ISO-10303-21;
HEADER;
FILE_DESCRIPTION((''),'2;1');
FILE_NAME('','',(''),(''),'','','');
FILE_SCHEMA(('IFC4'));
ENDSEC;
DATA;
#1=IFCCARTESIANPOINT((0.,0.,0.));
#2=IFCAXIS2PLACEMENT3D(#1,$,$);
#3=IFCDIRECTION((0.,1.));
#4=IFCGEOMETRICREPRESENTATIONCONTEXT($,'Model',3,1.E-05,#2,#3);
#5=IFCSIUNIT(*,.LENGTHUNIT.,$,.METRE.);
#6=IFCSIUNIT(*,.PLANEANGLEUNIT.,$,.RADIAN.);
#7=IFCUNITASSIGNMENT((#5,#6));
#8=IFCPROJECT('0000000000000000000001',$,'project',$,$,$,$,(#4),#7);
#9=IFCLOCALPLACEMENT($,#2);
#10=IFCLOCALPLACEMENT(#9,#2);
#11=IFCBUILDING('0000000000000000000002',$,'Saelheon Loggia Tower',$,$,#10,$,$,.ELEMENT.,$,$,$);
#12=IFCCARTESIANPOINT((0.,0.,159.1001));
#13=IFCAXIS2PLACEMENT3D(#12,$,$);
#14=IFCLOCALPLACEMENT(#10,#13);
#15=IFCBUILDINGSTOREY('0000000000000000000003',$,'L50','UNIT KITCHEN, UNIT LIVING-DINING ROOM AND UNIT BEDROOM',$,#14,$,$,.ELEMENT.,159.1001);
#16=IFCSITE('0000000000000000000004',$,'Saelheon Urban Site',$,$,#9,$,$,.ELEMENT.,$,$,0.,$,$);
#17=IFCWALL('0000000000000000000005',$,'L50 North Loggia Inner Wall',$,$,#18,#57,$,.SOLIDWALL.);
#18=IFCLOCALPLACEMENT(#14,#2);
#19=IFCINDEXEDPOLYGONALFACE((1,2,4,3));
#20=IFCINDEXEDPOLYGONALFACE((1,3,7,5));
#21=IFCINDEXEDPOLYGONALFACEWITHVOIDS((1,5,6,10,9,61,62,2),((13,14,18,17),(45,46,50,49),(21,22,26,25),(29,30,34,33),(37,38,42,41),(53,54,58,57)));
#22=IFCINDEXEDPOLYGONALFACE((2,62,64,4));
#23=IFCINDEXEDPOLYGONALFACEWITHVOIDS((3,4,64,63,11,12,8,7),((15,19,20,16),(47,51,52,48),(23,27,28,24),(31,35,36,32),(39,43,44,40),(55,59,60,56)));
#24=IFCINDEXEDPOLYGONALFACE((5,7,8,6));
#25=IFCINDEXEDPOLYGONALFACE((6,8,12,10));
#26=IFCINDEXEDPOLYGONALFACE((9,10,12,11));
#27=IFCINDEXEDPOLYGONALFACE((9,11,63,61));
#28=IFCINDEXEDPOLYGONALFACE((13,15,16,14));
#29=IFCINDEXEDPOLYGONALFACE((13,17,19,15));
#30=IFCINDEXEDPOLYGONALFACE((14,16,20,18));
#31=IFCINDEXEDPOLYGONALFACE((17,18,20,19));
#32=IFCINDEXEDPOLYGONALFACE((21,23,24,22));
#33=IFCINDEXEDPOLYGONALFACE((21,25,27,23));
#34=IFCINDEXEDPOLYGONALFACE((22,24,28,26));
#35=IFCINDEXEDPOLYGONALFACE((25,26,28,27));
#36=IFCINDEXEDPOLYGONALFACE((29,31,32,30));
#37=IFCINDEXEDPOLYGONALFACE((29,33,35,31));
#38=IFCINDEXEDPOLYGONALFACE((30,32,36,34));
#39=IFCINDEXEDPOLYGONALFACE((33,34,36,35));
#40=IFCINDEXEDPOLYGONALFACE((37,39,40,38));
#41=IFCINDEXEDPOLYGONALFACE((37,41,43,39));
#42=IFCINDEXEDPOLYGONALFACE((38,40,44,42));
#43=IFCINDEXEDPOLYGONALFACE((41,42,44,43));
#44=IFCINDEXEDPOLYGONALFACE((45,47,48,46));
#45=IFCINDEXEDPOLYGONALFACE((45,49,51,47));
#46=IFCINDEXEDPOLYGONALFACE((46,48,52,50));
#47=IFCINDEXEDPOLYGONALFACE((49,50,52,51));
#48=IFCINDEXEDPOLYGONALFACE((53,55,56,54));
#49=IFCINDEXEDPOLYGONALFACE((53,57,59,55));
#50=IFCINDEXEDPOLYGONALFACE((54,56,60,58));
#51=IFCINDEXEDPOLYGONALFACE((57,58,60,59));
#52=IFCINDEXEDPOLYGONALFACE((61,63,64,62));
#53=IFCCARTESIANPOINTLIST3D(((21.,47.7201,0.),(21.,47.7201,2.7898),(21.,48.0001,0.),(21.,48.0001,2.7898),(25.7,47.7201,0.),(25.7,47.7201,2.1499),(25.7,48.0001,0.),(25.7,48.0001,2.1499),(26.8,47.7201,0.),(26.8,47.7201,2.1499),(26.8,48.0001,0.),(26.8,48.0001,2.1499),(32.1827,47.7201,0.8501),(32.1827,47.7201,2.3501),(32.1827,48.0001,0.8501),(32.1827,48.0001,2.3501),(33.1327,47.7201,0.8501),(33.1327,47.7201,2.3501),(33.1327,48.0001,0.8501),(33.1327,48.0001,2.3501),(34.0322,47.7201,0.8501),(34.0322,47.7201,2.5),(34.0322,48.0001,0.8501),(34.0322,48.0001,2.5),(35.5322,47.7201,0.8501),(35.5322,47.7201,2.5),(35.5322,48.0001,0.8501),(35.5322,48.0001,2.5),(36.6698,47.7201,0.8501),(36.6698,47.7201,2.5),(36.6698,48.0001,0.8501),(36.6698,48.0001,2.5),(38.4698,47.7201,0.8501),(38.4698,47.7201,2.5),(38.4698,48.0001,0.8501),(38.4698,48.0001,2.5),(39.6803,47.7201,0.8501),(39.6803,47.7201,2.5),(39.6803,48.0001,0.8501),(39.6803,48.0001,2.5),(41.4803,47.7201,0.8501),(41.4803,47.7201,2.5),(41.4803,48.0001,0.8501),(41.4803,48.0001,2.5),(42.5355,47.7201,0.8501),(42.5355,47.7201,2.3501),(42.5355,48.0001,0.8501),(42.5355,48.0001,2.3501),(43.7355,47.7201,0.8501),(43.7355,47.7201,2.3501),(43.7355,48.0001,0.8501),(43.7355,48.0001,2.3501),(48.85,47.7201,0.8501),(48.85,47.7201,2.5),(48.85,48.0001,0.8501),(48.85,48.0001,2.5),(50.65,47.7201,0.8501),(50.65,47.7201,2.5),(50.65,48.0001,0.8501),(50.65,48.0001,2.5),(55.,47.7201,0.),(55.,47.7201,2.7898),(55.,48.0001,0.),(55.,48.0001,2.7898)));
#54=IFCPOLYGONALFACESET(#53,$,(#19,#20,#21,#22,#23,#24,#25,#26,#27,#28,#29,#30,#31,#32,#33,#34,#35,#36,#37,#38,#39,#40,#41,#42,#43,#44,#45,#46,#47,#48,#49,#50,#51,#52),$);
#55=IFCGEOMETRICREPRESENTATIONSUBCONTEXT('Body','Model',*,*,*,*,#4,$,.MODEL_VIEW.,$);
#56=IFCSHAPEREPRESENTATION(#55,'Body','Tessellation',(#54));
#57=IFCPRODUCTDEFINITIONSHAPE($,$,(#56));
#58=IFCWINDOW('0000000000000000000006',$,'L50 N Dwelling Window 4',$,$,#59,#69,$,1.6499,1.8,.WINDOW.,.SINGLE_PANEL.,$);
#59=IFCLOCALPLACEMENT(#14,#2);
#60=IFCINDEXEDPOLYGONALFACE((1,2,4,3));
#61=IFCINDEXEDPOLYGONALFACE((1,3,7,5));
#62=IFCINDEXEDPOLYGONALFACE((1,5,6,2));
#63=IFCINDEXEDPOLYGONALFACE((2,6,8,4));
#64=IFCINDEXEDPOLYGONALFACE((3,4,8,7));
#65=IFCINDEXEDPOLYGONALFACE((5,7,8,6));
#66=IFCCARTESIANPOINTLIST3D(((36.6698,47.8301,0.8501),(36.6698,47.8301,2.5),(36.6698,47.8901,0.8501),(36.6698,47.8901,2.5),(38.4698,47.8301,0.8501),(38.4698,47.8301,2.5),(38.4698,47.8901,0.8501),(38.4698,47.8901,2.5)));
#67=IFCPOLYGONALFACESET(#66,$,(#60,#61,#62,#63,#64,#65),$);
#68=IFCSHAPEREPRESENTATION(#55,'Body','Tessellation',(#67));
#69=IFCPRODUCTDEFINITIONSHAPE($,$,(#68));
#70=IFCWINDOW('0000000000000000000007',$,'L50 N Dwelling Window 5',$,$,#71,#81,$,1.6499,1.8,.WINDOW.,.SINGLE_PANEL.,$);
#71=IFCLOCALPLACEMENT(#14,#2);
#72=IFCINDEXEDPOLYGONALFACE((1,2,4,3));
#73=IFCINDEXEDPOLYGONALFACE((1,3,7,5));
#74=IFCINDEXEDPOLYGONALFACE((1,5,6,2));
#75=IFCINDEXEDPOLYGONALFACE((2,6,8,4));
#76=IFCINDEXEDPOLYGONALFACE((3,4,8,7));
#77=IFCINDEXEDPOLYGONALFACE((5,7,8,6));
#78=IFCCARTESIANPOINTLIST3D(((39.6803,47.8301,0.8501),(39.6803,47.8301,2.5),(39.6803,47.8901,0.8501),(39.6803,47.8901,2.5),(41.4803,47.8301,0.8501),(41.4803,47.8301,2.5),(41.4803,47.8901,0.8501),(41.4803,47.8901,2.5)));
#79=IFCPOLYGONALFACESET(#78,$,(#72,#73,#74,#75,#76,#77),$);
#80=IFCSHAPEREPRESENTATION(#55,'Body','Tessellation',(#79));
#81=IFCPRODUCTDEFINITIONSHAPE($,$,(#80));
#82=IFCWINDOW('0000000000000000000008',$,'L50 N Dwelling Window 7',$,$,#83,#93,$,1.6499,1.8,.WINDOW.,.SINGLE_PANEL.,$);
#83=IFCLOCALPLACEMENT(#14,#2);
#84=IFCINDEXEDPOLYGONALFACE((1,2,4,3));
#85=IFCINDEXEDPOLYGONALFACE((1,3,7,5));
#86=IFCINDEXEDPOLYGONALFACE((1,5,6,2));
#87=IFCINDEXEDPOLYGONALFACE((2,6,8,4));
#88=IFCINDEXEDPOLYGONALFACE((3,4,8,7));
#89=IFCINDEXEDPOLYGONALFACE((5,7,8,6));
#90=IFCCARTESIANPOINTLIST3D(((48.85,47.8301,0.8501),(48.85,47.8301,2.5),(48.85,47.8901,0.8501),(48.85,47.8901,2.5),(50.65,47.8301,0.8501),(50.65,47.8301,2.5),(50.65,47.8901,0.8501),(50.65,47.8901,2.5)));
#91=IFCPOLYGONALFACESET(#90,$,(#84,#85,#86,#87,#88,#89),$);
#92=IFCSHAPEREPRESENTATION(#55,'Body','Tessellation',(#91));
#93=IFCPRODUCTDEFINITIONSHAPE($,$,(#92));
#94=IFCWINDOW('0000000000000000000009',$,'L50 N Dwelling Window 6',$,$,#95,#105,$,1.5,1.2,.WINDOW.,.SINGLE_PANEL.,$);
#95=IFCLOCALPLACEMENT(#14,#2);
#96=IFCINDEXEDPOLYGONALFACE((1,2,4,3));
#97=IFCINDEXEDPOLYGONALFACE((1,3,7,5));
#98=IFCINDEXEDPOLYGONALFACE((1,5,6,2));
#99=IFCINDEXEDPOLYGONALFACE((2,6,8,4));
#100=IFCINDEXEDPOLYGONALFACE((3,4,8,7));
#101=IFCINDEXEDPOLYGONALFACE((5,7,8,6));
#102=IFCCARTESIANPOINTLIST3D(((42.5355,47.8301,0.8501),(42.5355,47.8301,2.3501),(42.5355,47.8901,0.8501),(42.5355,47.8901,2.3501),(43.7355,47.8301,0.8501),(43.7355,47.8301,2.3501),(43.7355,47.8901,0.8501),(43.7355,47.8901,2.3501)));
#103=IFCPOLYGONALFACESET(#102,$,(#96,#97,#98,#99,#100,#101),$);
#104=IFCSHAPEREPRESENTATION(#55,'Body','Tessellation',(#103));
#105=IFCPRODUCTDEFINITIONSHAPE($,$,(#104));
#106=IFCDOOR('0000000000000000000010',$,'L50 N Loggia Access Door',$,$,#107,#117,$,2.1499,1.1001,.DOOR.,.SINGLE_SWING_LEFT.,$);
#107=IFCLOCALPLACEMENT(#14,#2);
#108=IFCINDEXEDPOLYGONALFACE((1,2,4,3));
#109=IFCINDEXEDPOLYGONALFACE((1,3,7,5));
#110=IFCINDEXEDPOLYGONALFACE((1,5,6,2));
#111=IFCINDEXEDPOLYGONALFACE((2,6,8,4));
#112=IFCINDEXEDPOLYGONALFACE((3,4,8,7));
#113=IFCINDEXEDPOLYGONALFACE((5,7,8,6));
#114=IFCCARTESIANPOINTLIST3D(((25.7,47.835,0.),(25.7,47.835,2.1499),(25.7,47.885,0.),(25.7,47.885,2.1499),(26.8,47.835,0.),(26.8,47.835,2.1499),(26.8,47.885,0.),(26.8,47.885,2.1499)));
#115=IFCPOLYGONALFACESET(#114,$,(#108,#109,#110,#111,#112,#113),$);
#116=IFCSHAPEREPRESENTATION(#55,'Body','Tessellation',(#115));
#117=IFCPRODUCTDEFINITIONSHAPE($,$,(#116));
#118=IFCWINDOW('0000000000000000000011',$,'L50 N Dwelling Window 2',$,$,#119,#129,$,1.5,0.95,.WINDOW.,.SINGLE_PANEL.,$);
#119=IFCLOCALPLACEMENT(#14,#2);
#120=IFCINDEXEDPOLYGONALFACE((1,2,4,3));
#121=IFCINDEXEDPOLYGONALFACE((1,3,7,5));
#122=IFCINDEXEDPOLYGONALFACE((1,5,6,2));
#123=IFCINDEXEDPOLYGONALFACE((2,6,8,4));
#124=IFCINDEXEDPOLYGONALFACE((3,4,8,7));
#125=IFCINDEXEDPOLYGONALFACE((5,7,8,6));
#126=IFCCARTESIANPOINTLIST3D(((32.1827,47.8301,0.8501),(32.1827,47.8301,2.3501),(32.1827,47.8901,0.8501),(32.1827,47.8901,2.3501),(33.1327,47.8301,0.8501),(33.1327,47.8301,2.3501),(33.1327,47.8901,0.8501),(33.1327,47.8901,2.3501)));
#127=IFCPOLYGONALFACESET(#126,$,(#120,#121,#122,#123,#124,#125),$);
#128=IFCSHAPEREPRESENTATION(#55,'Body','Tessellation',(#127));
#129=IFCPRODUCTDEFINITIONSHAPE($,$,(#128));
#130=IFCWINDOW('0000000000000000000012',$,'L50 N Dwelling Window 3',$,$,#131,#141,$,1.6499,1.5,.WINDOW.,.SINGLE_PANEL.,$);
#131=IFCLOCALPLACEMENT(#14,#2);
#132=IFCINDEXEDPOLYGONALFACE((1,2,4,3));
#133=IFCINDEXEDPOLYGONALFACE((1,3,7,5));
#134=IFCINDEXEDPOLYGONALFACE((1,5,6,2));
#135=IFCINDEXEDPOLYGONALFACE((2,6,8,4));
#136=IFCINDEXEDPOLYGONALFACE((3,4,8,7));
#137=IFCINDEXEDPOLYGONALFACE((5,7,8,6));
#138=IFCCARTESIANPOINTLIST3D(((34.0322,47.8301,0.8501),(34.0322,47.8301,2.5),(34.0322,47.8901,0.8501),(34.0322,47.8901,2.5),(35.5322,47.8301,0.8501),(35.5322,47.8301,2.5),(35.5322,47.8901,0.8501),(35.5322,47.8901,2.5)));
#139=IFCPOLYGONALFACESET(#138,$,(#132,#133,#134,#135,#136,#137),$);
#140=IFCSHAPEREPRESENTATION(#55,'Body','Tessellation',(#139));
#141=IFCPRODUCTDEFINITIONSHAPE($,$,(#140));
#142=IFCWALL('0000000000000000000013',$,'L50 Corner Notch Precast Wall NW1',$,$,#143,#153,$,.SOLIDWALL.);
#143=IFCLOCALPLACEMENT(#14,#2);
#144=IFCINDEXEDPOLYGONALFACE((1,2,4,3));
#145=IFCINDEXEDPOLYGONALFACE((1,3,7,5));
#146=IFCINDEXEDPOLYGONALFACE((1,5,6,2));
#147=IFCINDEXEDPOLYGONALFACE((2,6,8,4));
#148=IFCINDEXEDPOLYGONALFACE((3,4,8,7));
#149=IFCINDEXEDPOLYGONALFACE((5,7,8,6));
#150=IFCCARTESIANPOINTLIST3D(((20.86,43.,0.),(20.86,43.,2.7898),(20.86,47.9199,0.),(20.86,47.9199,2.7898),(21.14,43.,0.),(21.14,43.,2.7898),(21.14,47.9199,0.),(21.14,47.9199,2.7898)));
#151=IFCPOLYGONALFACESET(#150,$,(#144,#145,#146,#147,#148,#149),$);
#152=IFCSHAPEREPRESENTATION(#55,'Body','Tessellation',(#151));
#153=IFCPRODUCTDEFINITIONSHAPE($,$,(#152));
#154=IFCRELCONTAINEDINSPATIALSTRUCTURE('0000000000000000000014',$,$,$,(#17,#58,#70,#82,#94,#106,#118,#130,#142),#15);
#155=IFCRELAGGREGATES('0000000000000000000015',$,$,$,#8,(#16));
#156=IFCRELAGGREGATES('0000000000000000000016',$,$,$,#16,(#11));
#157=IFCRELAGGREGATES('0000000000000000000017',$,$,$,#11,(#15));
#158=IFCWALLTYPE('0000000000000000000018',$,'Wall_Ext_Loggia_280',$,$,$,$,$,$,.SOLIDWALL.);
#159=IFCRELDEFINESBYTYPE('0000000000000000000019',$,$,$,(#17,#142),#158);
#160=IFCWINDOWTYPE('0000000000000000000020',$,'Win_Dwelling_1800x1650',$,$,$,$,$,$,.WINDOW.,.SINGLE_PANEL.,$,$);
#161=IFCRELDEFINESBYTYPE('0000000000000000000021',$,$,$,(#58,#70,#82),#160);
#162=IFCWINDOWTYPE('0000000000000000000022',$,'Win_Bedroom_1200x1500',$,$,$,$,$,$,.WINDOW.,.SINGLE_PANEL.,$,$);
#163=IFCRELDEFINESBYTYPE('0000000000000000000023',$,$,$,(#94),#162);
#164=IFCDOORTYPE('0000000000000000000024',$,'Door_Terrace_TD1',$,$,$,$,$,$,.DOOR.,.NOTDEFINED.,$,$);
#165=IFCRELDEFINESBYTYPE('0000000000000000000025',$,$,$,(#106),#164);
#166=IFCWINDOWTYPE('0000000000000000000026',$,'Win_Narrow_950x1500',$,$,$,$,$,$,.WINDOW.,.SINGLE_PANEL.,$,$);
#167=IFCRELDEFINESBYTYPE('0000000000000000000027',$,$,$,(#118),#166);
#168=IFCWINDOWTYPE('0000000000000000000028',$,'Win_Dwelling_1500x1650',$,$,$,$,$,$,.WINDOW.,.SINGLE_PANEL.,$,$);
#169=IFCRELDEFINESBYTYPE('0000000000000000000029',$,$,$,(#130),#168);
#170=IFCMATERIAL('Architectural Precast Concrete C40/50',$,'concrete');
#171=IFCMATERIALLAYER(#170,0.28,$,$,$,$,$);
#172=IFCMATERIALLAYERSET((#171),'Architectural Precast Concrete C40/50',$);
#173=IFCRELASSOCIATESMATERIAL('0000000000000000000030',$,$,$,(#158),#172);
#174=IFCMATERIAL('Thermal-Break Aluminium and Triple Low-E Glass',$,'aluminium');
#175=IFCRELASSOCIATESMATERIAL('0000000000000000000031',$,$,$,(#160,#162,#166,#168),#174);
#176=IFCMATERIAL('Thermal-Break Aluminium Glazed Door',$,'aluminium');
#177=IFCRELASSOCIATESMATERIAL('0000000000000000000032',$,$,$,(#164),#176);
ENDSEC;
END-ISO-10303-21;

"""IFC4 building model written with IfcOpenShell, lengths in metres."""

from ifc_helpers import new_model, si_unit, direction, frame, frame_2d, origin, place, context, subcontext, project, spatial, rectangle, extrude, source, transform, mapped, material, layer, layer_set, type_object, element, fill, save


model = new_model("IFC4")

# Units and contexts
model_context = context("Model", 3, precision=1e-05, world=origin(), true_north=direction((0.0, 1.0)))
body_context = subcontext(model_context, "Body", "Model", "MODEL_VIEW")
ifc_project = project(units=[si_unit("LENGTHUNIT", "METRE"), si_unit("PLANEANGLEUNIT", "RADIAN")], contexts=[model_context])

# Site, building, storey
site_placement = place(None, origin())
site = spatial("IfcSite", under=ifc_project, at=site_placement, Name="Saelheon Urban Site", CompositionType="ELEMENT", RefElevation=0.0)
building_placement = place(site_placement, origin())
building = spatial("IfcBuilding", under=site, at=building_placement, Name="Saelheon Loggia Tower", CompositionType="ELEMENT")
storey_placement = place(building_placement, frame((0.0, 0.0, 159.1001)))
storey = spatial("IfcBuildingStorey", under=building, at=storey_placement, Name="L50", Description="UNIT KITCHEN, UNIT LIVING-DINING ROOM AND UNIT BEDROOM", CompositionType="ELEMENT", Elevation=159.1001)

# Wall, openings, windows, door
ifc_material_1 = material(Name="Architectural Precast Concrete C40/50", Category="concrete")
ifc_layer_1 = layer(ifc_material_1, 0.28)
ifc_layer_set_1 = layer_set([ifc_layer_1], Name="Architectural Precast Concrete C40/50")
wall_type_1 = type_object("IfcWallType", Name="Wall_Ext_Loggia_280", PredefinedType="SOLIDWALL", material=ifc_layer_set_1)
wall_1_placement = place(storey_placement, frame((21.0, 47.8601, 0.0), z_axis=(0.0, 0.0, 1.0), x_axis=(1.0, 0.0, 0.0)))
wall_1 = element("IfcWall", 1, at=wall_1_placement, inside=storey, type_object=wall_type_1, Name="L50 North Loggia Inner Wall", PredefinedType="SOLIDWALL", context=body_context, shape_type="SweptSolid", body=[
    extrude(rectangle(XDim=34.0, YDim=0.28, at=frame_2d((17.0, 0.0))), origin(), (0.0, 0.0, 1.0), 2.7898),
])
opening_1_placement = place(wall_1_placement, frame((4.7, 0.0, 0.0)))
opening_1 = element("IfcOpeningElement", 2, at=opening_1_placement, cuts=wall_1, PredefinedType="OPENING", context=body_context, shape_type="SweptSolid", body=[
    extrude(rectangle(XDim=1.1001, YDim=2.1499, at=frame_2d((0.55, 1.075))), frame((0.0, 0.1521, 0.0), z_axis=(0.0, -1.0, 0.0), x_axis=(1.0, 0.0, 0.0)), (0.0, 0.0, 1.0), 0.304),
])
opening_2_placement = place(wall_1_placement, frame((11.1826, 0.0, 0.8501)))
opening_2 = element("IfcOpeningElement", 3, at=opening_2_placement, cuts=wall_1, PredefinedType="OPENING", context=body_context, shape_type="SweptSolid", body=[
    extrude(rectangle(XDim=0.95, YDim=1.5, at=frame_2d((0.4751, 0.75))), frame((0.0, 0.1521, 0.0), z_axis=(0.0, -1.0, 0.0), x_axis=(1.0, 0.0, 0.0)), (0.0, 0.0, 1.0), 0.304),
])
opening_3_placement = place(wall_1_placement, frame((13.0322, 0.0, 0.8501)))
opening_3 = element("IfcOpeningElement", 4, at=opening_3_placement, cuts=wall_1, PredefinedType="OPENING", context=body_context, shape_type="SweptSolid", body=[
    extrude(rectangle(XDim=1.5, YDim=1.6499, at=frame_2d((0.75, 0.825))), frame((0.0, 0.1521, 0.0), z_axis=(0.0, -1.0, 0.0), x_axis=(1.0, 0.0, 0.0)), (0.0, 0.0, 1.0), 0.304),
])
opening_4_placement = place(wall_1_placement, frame((15.6699, 0.0, 0.8501)))
opening_4 = element("IfcOpeningElement", 5, at=opening_4_placement, cuts=wall_1, PredefinedType="OPENING", context=body_context, shape_type="SweptSolid", body=[
    extrude(rectangle(XDim=1.8, YDim=1.6499, at=frame_2d((0.8999, 0.825))), frame((0.0, 0.1521, 0.0), z_axis=(0.0, -1.0, 0.0), x_axis=(1.0, 0.0, 0.0)), (0.0, 0.0, 1.0), 0.304),
])
opening_5_placement = place(wall_1_placement, frame((18.6804, 0.0, 0.8501)))
opening_5 = element("IfcOpeningElement", 6, at=opening_5_placement, cuts=wall_1, PredefinedType="OPENING", context=body_context, shape_type="SweptSolid", body=[
    extrude(rectangle(XDim=1.8, YDim=1.6499, at=frame_2d((0.8999, 0.825))), frame((0.0, 0.1521, 0.0), z_axis=(0.0, -1.0, 0.0), x_axis=(1.0, 0.0, 0.0)), (0.0, 0.0, 1.0), 0.304),
])
opening_6_placement = place(wall_1_placement, frame((21.5354, 0.0, 0.8501)))
opening_6 = element("IfcOpeningElement", 7, at=opening_6_placement, cuts=wall_1, PredefinedType="OPENING", context=body_context, shape_type="SweptSolid", body=[
    extrude(rectangle(XDim=1.2, YDim=1.5, at=frame_2d((0.6001, 0.75))), frame((0.0, 0.1521, 0.0), z_axis=(0.0, -1.0, 0.0), x_axis=(1.0, 0.0, 0.0)), (0.0, 0.0, 1.0), 0.304),
])
opening_7_placement = place(wall_1_placement, frame((27.8501, 0.0, 0.8501)))
opening_7 = element("IfcOpeningElement", 8, at=opening_7_placement, cuts=wall_1, PredefinedType="OPENING", context=body_context, shape_type="SweptSolid", body=[
    extrude(rectangle(XDim=1.8, YDim=1.6499, at=frame_2d((0.8999, 0.825))), frame((0.0, 0.1521, 0.0), z_axis=(0.0, -1.0, 0.0), x_axis=(1.0, 0.0, 0.0)), (0.0, 0.0, 1.0), 0.304),
])
ifc_material_2 = material(Name="Thermal-Break Aluminium and Triple Low-E Glass", Category="aluminium")
window_type_1 = type_object("IfcWindowType", Name="Win_Dwelling_1800x1650", PartitioningType="SINGLE_PANEL", PredefinedType="WINDOW", material=ifc_material_2)
shared_shape_1 = source(origin(), body_context, "Body", "SweptSolid", [
    extrude(rectangle(XDim=1.8, YDim=1.6499, at=frame_2d((0.8999, 0.825))), frame((0.0, 0.03, 0.0), z_axis=(0.0, -1.0, 0.0), x_axis=(1.0, 0.0, 0.0)), (0.0, 0.0, 1.0), 0.0601),
])
window_1_placement = place(opening_4_placement, origin())
window_1 = element("IfcWindow", 9, at=window_1_placement, inside=storey, type_object=window_type_1, Name="L50 N Dwelling Window 4", OverallHeight=1.6499, OverallWidth=1.8, PartitioningType="SINGLE_PANEL", PredefinedType="WINDOW", context=body_context, shape_type="MappedRepresentation", body=[
    mapped(shared_shape_1, transform((0.0, 0.0, 0.0), scale=1.0)),
])
fill(opening_4, window_1)
window_2_placement = place(opening_5_placement, origin())
window_2 = element("IfcWindow", 10, at=window_2_placement, inside=storey, type_object=window_type_1, Name="L50 N Dwelling Window 5", OverallHeight=1.6499, OverallWidth=1.8, PartitioningType="SINGLE_PANEL", PredefinedType="WINDOW", context=body_context, shape_type="MappedRepresentation", body=[
    mapped(shared_shape_1, transform((0.0, 0.0, 0.0), scale=1.0)),
])
fill(opening_5, window_2)
window_3_placement = place(opening_7_placement, origin())
window_3 = element("IfcWindow", 11, at=window_3_placement, inside=storey, type_object=window_type_1, Name="L50 N Dwelling Window 7", OverallHeight=1.6499, OverallWidth=1.8, PartitioningType="SINGLE_PANEL", PredefinedType="WINDOW", context=body_context, shape_type="MappedRepresentation", body=[
    mapped(shared_shape_1, transform((0.0, 0.0, 0.0), scale=1.0)),
])
fill(opening_7, window_3)
window_type_2 = type_object("IfcWindowType", Name="Win_Bedroom_1200x1500", PartitioningType="SINGLE_PANEL", PredefinedType="WINDOW", material=ifc_material_2)
shared_shape_2 = source(origin(), body_context, "Body", "SweptSolid", [
    extrude(rectangle(XDim=1.2, YDim=1.5, at=frame_2d((0.6001, 0.75))), frame((0.0, 0.03, 0.0), z_axis=(0.0, -1.0, 0.0), x_axis=(1.0, 0.0, 0.0)), (0.0, 0.0, 1.0), 0.0601),
])
window_4_placement = place(opening_6_placement, origin())
window_4 = element("IfcWindow", 12, at=window_4_placement, inside=storey, type_object=window_type_2, Name="L50 N Dwelling Window 6", OverallHeight=1.5, OverallWidth=1.2, PartitioningType="SINGLE_PANEL", PredefinedType="WINDOW", context=body_context, shape_type="MappedRepresentation", body=[
    mapped(shared_shape_2, transform((0.0, 0.0, 0.0), scale=1.0)),
])
fill(opening_6, window_4)
ifc_material_3 = material(Name="Thermal-Break Aluminium Glazed Door", Category="aluminium")
door_type_1 = type_object("IfcDoorType", Name="Door_Terrace_TD1", OperationType="NOTDEFINED", PredefinedType="DOOR", material=ifc_material_3)
shared_shape_3 = source(origin(), body_context, "Body", "SweptSolid", [
    extrude(rectangle(XDim=1.1001, YDim=2.1499, at=frame_2d((0.55, 1.075))), frame((0.0, 0.0249, 0.0), z_axis=(0.0, -1.0, 0.0), x_axis=(1.0, 0.0, 0.0)), (0.0, 0.0, 1.0), 0.05),
])
door_1_placement = place(opening_1_placement, origin())
door_1 = element("IfcDoor", 13, at=door_1_placement, inside=storey, type_object=door_type_1, Name="L50 N Loggia Access Door", OperationType="SINGLE_SWING_LEFT", OverallHeight=2.1499, OverallWidth=1.1001, PredefinedType="DOOR", context=body_context, shape_type="MappedRepresentation", body=[
    mapped(shared_shape_3, transform((0.0, 0.0, 0.0), scale=1.0)),
])
fill(opening_1, door_1)
window_type_3 = type_object("IfcWindowType", Name="Win_Narrow_950x1500", PartitioningType="SINGLE_PANEL", PredefinedType="WINDOW", material=ifc_material_2)
shared_shape_4 = source(origin(), body_context, "Body", "SweptSolid", [
    extrude(rectangle(XDim=0.95, YDim=1.5, at=frame_2d((0.4751, 0.75))), frame((0.0, 0.03, 0.0), z_axis=(0.0, -1.0, 0.0), x_axis=(1.0, 0.0, 0.0)), (0.0, 0.0, 1.0), 0.0601),
])
window_5_placement = place(opening_2_placement, origin())
window_5 = element("IfcWindow", 14, at=window_5_placement, inside=storey, type_object=window_type_3, Name="L50 N Dwelling Window 2", OverallHeight=1.5, OverallWidth=0.95, PartitioningType="SINGLE_PANEL", PredefinedType="WINDOW", context=body_context, shape_type="MappedRepresentation", body=[
    mapped(shared_shape_4, transform((0.0, 0.0, 0.0), scale=1.0)),
])
fill(opening_2, window_5)
window_type_4 = type_object("IfcWindowType", Name="Win_Dwelling_1500x1650", PartitioningType="SINGLE_PANEL", PredefinedType="WINDOW", material=ifc_material_2)
shared_shape_5 = source(origin(), body_context, "Body", "SweptSolid", [
    extrude(rectangle(XDim=1.5, YDim=1.6499, at=frame_2d((0.75, 0.825))), frame((0.0, 0.03, 0.0), z_axis=(0.0, -1.0, 0.0), x_axis=(1.0, 0.0, 0.0)), (0.0, 0.0, 1.0), 0.0601),
])
window_6_placement = place(opening_3_placement, origin())
window_6 = element("IfcWindow", 15, at=window_6_placement, inside=storey, type_object=window_type_4, Name="L50 N Dwelling Window 3", OverallHeight=1.6499, OverallWidth=1.5, PartitioningType="SINGLE_PANEL", PredefinedType="WINDOW", context=body_context, shape_type="MappedRepresentation", body=[
    mapped(shared_shape_5, transform((0.0, 0.0, 0.0), scale=1.0)),
])
fill(opening_3, window_6)

# Wall
for number, where, z_axis, x_axis, name in (
    (16, (21.0, 43.0, 0.0), (0.0, 0.0, 1.0), (0.0, 1.0, 0.0), "L50 Corner Notch Precast Wall NW1"),
):
    element("IfcWall", number, at=place(storey_placement, frame(where, z_axis=z_axis, x_axis=x_axis)), inside=storey, type_object=wall_type_1, Name=name, PredefinedType="SOLIDWALL", context=body_context, shape_type="SweptSolid", body=[
        extrude(rectangle(XDim=4.9199, YDim=0.28, at=frame_2d((2.46, 0.0))), origin(), (0.0, 0.0, 1.0), 2.7898),
    ])

save(model, "model.ifc")
